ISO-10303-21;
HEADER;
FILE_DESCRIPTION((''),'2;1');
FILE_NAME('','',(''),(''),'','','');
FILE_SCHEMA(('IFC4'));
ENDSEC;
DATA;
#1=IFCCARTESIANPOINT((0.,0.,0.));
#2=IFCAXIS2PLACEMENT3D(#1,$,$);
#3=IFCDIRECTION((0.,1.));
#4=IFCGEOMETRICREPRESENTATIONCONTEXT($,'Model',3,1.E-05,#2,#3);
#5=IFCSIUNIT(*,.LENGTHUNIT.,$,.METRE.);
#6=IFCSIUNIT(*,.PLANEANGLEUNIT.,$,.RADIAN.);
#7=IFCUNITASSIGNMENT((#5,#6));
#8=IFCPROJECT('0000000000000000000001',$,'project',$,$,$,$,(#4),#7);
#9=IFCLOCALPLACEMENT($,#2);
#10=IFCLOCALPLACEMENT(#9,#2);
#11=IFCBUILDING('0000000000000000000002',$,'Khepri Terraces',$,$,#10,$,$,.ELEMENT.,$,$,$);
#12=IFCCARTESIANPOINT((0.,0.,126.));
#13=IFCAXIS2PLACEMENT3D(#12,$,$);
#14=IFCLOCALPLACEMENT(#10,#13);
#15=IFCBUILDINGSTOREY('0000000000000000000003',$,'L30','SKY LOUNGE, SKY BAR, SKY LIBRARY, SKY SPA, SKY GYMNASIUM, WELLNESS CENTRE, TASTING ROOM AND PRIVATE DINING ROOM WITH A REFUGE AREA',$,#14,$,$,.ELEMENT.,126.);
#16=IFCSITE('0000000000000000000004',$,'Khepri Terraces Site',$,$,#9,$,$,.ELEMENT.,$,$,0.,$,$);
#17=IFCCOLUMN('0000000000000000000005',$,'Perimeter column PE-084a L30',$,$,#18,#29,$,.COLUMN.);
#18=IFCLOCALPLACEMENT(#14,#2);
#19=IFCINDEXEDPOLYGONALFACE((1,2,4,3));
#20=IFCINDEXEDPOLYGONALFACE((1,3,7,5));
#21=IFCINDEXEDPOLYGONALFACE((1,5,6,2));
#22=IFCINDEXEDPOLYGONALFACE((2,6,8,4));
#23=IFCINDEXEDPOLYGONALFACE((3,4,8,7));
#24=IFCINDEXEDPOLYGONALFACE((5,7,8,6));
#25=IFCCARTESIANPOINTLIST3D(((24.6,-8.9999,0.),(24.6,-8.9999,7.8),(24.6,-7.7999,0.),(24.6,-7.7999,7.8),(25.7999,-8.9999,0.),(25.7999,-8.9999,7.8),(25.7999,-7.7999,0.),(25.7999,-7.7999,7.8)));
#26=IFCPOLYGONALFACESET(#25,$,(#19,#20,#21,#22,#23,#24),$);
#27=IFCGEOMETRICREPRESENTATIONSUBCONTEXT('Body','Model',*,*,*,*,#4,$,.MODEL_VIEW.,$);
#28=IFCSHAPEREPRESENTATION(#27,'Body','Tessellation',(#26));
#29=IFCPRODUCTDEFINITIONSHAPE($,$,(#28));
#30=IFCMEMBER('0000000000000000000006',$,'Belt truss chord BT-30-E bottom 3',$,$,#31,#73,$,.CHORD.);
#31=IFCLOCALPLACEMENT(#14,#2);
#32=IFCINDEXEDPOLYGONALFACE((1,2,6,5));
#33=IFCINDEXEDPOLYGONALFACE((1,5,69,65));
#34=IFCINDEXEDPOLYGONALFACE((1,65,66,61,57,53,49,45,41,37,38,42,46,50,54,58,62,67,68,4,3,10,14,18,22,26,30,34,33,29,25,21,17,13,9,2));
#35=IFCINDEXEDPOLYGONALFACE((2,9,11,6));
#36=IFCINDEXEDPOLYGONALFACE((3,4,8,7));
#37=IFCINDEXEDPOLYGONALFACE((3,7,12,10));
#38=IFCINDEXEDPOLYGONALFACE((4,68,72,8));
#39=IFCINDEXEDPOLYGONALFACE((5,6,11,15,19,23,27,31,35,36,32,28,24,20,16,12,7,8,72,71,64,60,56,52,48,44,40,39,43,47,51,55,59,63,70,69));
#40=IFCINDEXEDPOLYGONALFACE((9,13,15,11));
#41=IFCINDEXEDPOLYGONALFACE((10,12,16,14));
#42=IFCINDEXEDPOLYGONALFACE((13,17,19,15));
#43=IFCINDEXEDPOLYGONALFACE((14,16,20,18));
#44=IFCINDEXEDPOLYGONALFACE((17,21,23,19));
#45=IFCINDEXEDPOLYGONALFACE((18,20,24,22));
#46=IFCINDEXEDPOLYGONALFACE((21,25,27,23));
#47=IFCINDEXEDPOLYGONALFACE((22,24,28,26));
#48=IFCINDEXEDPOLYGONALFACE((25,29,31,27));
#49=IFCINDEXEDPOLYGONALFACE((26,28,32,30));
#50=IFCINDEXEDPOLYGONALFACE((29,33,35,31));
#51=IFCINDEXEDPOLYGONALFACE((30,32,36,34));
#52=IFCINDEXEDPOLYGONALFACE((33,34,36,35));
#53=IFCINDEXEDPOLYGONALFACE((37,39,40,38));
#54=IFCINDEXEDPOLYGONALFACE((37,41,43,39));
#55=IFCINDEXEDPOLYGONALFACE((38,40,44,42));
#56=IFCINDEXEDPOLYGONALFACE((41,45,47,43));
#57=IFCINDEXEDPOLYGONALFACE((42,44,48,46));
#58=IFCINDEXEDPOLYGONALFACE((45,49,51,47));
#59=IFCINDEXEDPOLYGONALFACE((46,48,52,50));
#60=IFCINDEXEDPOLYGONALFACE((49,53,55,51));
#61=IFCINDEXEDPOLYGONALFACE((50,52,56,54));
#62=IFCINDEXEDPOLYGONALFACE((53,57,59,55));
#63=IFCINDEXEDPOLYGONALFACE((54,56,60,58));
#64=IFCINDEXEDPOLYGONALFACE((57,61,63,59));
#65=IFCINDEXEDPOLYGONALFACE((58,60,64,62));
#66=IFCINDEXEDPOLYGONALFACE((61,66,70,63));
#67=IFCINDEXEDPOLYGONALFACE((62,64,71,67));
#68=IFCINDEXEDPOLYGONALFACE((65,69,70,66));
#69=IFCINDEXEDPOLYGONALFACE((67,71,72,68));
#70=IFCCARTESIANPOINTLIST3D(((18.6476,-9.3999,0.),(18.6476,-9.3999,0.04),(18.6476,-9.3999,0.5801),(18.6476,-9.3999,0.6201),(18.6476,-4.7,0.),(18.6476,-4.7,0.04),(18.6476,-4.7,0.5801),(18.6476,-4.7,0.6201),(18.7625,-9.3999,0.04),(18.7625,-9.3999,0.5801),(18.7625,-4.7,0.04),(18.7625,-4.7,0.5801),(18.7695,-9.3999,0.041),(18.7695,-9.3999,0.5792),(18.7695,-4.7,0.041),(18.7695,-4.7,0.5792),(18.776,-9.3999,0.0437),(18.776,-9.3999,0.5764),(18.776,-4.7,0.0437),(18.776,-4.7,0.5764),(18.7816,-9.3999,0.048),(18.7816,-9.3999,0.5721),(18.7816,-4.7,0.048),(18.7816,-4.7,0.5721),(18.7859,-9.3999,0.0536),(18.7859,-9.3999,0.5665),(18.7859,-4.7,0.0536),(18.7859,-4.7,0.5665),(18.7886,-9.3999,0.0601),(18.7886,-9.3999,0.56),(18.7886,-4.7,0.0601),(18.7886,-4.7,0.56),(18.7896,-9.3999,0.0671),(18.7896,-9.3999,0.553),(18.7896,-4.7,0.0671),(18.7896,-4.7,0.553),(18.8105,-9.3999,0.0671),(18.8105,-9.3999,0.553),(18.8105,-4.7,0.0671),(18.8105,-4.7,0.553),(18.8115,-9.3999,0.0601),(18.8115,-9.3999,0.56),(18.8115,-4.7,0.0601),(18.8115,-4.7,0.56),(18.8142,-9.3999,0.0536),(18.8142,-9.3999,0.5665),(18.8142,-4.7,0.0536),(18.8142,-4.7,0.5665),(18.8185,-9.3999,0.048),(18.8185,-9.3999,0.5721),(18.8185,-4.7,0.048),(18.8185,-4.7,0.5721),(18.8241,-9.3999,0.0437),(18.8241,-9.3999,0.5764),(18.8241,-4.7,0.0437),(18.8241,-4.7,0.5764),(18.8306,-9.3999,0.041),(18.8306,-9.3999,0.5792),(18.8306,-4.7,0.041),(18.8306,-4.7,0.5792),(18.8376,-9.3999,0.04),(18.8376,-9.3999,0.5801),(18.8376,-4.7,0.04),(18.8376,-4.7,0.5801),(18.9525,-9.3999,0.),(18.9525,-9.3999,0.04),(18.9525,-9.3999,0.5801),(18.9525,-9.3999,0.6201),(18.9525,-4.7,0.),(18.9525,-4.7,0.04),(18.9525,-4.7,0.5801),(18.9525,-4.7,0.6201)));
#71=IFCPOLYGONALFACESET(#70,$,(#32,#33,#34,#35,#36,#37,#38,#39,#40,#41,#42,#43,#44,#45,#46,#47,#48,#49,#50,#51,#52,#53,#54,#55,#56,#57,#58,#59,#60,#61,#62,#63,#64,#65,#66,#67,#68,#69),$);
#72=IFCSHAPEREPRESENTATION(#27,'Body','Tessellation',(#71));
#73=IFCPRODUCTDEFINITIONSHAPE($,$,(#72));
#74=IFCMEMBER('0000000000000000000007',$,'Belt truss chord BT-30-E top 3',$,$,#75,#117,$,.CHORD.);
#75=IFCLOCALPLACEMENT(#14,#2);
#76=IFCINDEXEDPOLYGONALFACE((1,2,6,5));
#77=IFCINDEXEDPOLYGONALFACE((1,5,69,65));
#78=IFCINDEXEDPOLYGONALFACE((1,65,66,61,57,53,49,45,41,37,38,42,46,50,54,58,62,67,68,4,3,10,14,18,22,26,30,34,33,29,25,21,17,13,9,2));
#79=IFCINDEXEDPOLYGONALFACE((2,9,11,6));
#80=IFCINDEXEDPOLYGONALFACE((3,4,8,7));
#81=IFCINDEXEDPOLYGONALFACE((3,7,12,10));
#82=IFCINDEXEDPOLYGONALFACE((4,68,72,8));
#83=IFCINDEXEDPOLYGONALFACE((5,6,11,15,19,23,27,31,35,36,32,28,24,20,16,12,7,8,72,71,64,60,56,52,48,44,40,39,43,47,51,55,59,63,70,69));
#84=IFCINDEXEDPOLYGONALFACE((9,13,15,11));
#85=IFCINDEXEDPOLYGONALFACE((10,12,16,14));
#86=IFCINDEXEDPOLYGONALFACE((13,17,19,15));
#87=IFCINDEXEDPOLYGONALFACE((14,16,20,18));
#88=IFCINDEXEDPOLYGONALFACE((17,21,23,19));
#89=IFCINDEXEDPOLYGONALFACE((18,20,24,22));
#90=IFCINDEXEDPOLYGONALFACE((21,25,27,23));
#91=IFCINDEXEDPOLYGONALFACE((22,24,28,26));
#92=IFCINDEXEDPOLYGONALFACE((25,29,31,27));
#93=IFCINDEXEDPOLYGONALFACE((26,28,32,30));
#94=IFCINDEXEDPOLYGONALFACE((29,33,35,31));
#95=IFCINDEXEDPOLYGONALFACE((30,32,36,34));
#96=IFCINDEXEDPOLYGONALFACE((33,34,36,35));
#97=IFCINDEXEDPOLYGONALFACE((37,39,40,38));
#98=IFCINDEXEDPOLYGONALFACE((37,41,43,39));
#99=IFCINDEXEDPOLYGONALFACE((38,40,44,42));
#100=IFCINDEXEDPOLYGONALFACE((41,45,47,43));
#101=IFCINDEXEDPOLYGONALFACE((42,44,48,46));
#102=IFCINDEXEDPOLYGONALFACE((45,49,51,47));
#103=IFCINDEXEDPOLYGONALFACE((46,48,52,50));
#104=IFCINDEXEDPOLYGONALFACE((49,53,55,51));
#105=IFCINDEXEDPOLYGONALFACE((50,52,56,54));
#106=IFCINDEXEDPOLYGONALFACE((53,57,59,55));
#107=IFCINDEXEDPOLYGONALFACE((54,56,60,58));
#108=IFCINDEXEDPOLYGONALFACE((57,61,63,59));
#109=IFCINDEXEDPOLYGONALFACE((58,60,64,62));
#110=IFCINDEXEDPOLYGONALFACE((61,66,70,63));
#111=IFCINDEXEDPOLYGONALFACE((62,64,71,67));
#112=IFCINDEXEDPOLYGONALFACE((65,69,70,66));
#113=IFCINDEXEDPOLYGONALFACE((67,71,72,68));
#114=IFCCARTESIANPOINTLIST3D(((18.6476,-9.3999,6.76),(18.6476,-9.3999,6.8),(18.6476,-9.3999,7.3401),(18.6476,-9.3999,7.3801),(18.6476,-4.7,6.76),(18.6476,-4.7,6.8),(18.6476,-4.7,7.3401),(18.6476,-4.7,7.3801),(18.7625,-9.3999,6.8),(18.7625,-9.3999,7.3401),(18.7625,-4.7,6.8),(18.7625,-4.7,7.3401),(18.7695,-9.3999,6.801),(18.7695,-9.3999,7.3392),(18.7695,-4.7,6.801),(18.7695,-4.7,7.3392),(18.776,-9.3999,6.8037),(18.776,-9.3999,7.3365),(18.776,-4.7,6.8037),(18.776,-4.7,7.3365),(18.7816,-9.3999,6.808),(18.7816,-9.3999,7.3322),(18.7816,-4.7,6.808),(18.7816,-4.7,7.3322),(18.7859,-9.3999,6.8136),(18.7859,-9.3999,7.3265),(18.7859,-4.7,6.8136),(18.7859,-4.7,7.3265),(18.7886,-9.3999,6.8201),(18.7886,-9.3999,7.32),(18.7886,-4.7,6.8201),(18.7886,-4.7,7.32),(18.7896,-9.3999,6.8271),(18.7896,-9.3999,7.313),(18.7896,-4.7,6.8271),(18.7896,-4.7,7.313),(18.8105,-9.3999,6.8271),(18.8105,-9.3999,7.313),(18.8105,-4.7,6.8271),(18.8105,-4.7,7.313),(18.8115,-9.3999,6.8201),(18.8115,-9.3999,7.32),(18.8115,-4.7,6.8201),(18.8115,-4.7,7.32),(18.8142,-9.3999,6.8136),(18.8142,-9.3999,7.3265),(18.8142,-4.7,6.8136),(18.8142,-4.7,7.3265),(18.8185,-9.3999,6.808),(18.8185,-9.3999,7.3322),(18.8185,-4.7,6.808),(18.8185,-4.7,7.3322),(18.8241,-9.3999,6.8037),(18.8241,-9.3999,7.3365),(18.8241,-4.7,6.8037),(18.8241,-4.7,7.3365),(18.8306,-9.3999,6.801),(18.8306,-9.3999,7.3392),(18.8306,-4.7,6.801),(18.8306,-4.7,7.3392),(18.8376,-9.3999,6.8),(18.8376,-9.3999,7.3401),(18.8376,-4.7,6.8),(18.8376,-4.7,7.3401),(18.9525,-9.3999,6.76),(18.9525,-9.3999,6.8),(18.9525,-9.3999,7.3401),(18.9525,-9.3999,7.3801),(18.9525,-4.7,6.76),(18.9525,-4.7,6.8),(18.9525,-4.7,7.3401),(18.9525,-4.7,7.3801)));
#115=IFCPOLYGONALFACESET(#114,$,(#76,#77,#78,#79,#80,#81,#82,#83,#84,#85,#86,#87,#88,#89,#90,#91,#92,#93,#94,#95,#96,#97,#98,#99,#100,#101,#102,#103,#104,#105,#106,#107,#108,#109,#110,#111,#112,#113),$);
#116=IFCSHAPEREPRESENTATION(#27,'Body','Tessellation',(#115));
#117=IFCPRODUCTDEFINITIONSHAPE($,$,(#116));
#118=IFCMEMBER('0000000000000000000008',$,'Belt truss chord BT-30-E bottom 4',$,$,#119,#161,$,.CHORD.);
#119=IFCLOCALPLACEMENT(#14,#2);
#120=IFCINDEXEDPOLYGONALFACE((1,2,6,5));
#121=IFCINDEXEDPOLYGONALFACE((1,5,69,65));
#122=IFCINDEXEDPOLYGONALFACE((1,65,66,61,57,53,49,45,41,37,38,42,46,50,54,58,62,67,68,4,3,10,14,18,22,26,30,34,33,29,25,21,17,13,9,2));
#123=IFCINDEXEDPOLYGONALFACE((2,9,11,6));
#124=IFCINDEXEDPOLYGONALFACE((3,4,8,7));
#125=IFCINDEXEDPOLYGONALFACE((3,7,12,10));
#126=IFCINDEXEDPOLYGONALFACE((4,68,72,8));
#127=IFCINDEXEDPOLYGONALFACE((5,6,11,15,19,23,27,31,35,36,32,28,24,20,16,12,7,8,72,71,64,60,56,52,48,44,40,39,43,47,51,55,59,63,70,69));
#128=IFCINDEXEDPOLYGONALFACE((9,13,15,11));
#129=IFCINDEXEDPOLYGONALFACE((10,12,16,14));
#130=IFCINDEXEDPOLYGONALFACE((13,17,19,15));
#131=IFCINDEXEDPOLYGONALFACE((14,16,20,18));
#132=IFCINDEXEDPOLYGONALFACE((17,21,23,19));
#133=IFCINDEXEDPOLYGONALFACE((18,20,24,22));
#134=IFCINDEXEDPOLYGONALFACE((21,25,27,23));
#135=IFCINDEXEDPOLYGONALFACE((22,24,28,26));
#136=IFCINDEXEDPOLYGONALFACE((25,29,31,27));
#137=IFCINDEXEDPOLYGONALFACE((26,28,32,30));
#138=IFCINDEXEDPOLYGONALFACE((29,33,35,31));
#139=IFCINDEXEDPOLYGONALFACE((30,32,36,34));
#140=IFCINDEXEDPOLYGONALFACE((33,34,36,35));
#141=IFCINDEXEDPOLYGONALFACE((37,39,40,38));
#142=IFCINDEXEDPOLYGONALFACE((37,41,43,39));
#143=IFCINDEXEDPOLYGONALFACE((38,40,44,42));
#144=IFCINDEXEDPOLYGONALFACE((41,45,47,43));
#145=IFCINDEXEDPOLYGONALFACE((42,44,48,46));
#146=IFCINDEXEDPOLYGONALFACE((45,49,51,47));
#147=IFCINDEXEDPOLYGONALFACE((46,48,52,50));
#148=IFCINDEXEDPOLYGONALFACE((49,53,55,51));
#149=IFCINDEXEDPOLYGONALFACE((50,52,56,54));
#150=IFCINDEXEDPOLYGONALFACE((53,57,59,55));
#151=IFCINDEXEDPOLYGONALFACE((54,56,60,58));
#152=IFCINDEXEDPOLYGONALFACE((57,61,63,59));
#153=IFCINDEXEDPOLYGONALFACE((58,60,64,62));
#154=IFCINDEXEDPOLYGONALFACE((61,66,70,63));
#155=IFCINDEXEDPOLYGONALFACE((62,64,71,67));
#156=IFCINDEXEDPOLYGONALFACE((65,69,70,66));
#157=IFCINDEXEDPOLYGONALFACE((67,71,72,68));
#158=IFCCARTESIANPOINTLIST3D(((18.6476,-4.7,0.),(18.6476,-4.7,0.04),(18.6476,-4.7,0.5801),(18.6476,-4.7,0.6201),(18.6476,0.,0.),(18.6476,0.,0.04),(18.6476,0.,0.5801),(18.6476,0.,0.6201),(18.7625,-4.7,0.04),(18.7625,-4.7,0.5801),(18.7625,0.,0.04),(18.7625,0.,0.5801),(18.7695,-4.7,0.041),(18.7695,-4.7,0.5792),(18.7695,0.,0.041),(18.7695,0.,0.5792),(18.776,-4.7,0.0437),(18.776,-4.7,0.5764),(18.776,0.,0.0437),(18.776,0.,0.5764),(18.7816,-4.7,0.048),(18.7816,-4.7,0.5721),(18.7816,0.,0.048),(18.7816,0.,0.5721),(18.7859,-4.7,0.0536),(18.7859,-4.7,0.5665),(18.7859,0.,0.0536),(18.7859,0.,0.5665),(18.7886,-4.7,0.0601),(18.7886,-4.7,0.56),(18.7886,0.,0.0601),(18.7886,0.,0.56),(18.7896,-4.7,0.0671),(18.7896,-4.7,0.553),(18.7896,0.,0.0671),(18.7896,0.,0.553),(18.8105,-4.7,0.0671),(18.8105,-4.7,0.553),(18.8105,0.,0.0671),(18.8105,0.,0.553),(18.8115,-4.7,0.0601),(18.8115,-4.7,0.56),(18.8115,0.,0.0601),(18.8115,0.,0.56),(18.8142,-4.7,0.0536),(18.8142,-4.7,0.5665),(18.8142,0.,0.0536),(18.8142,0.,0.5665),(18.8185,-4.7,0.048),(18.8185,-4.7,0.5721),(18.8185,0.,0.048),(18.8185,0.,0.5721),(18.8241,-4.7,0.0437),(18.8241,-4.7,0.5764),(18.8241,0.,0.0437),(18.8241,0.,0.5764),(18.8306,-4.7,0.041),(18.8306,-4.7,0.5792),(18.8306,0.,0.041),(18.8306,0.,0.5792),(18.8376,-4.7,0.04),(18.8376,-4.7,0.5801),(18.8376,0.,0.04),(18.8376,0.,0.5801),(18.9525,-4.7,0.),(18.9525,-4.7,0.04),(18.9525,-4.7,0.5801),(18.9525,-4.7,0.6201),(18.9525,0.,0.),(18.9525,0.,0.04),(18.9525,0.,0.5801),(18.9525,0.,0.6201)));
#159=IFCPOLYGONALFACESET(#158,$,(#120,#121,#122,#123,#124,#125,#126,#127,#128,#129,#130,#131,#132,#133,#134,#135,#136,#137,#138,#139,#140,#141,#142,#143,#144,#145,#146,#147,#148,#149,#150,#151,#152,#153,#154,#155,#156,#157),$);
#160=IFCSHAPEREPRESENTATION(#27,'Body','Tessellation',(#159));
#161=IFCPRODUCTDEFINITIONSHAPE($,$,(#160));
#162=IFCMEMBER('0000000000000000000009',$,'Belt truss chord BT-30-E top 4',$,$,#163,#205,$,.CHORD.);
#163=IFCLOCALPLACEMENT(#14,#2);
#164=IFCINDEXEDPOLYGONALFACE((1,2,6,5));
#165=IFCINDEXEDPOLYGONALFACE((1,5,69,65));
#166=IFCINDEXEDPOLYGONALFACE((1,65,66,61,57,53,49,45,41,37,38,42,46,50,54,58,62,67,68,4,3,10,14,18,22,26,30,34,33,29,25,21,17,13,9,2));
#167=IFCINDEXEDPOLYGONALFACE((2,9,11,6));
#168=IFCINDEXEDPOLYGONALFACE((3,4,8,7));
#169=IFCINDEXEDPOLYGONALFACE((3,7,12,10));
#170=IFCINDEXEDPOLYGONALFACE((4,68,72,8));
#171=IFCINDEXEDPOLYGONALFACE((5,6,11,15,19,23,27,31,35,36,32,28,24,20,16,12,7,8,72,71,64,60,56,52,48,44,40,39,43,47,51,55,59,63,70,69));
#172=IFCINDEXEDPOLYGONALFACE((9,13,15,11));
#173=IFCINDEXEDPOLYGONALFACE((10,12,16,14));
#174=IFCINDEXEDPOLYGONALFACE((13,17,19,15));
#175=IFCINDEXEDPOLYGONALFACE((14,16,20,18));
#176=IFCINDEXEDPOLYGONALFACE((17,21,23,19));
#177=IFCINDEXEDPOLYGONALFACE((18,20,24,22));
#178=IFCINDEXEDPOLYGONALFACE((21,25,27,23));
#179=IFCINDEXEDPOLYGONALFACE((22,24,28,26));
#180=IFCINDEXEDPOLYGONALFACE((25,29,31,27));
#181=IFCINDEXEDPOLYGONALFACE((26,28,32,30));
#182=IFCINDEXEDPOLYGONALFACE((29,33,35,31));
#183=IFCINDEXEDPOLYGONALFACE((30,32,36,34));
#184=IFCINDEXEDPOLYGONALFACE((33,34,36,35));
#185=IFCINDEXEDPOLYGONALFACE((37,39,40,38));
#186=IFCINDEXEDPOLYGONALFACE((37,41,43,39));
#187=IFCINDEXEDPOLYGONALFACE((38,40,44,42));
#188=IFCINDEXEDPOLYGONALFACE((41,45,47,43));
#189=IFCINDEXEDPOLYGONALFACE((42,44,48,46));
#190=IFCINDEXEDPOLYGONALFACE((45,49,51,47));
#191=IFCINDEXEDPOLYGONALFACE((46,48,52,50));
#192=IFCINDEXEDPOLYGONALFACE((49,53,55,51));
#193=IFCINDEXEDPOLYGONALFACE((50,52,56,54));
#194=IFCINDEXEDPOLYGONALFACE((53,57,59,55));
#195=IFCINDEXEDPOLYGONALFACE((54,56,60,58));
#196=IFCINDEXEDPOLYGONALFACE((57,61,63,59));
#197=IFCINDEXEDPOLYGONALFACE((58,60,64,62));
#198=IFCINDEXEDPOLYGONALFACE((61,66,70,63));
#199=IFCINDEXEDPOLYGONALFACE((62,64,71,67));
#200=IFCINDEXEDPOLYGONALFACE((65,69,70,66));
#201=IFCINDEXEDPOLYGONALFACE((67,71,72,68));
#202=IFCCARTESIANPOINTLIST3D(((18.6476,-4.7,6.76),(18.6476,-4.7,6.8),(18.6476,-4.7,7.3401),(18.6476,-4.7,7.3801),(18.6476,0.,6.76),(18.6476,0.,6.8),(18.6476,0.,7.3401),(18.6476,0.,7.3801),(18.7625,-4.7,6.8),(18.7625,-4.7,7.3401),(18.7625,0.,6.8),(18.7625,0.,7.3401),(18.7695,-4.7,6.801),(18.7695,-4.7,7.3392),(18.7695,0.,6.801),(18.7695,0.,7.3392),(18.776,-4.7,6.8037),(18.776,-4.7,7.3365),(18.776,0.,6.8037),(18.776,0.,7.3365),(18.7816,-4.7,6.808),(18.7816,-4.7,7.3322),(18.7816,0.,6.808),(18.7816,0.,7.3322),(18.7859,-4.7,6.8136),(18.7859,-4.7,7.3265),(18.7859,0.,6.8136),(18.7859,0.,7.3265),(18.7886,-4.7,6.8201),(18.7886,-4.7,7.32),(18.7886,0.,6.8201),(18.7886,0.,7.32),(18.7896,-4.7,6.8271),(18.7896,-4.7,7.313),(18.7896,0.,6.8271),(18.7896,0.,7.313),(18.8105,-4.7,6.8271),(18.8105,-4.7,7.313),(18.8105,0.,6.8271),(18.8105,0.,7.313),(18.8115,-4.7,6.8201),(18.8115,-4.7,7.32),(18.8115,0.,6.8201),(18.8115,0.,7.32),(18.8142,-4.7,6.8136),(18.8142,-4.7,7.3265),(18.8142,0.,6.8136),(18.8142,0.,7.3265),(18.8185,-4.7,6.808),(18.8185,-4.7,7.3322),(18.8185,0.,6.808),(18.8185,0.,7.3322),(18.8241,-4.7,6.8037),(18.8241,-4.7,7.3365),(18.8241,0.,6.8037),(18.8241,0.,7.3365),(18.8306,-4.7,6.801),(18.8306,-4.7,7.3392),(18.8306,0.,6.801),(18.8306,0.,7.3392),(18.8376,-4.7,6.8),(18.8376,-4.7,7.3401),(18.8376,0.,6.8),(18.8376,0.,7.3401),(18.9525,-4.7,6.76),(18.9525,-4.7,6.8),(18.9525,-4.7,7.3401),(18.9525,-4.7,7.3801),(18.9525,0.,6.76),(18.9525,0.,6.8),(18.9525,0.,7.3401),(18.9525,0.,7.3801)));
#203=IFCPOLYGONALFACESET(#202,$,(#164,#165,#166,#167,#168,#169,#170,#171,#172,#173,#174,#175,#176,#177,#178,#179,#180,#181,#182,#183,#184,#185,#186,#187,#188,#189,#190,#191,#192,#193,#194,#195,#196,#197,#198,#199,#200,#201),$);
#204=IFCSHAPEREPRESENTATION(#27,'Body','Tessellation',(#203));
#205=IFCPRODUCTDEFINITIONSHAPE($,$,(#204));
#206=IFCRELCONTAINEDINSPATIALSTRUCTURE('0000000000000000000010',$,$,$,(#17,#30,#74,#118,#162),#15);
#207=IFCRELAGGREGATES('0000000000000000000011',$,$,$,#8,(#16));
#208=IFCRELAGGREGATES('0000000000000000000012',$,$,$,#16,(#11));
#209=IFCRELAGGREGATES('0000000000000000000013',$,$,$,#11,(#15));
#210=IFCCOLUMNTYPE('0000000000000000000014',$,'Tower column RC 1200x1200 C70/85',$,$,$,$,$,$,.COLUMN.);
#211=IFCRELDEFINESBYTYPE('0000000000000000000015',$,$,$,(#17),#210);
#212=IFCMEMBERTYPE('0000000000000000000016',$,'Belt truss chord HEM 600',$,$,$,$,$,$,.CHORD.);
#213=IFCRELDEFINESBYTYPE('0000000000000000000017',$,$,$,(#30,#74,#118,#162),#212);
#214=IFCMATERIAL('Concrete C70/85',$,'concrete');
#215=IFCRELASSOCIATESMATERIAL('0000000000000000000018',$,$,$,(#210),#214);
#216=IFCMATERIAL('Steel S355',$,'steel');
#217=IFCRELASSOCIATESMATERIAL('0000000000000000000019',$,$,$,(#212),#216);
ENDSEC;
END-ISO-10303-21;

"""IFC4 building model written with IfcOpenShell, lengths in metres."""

from ifc_helpers import new_model, si_unit, direction, frame, origin, origin_2d, place, context, subcontext, project, spatial, rectangle, i_section, extrude, material, material_profile, profile_set, type_object, element, save


model = new_model("IFC4")

# Units and contexts
model_context = context("Model", 3, precision=1e-05, world=origin(), true_north=direction((0.0, 1.0)))
body_context = subcontext(model_context, "Body", "Model", "MODEL_VIEW")
ifc_project = project(units=[si_unit("LENGTHUNIT", "METRE"), si_unit("PLANEANGLEUNIT", "RADIAN")], contexts=[model_context])

# Site, building, storey
site_placement = place(None, origin())
site = spatial("IfcSite", under=ifc_project, at=site_placement, Name="Khepri Terraces Site", CompositionType="ELEMENT", RefElevation=0.0)
building_placement = place(site_placement, origin())
building = spatial("IfcBuilding", under=site, at=building_placement, Name="Khepri Terraces", CompositionType="ELEMENT")
storey_placement = place(building_placement, frame((0.0, 0.0, 126.0)))
storey = spatial("IfcBuildingStorey", under=building, at=storey_placement, Name="L30", Description="SKY LOUNGE, SKY BAR, SKY LIBRARY, SKY SPA, SKY GYMNASIUM, WELLNESS CENTRE, TASTING ROOM AND PRIVATE DINING ROOM WITH A REFUGE AREA", CompositionType="ELEMENT", Elevation=126.0)

# Column
ifc_material_1 = material(Name="Concrete C70/85", Category="concrete")
ifc_material_profile_1 = material_profile(ifc_material_1, rectangle(XDim=1.2, YDim=1.2, at=origin_2d()), Name="Concrete C70/85", Category="concrete")
ifc_profile_set_1 = profile_set([ifc_material_profile_1], Name="Concrete C70/85")
column_type = type_object("IfcColumnType", Name="Tower column RC 1200x1200 C70/85", PredefinedType="COLUMN", material=ifc_profile_set_1)
column_placement = place(storey_placement, frame((25.2, -8.3999, 0.0), z_axis=(0.0, 0.0, 1.0), x_axis=(1.0, 0.0, 0.0)))
element("IfcColumn", 1, at=column_placement, inside=storey, type_object=column_type, Name="Perimeter column PE-084a L30", PredefinedType="COLUMN", context=body_context, shape_type="SweptSolid", body=[
    extrude(rectangle(XDim=1.2, YDim=1.2, at=origin_2d()), origin(), (0.0, 0.0, 1.0), 7.8),
])

# Members
ifc_material_2 = material(Name="Steel S355", Category="steel")
ifc_material_profile_2 = material_profile(ifc_material_2, i_section(OverallWidth=0.3049, OverallDepth=0.6201, WebThickness=0.021, FlangeThickness=0.04, FilletRadius=0.0271, at=origin_2d()), Name="Steel S355", Category="steel")
ifc_profile_set_2 = profile_set([ifc_material_profile_2], Name="Steel S355")
member_type_1 = type_object("IfcMemberType", Name="Belt truss chord HEM 600", PredefinedType="CHORD", material=ifc_profile_set_2)
for number, where, z_axis, x_axis, name in (
    (2, (18.8, -9.3999, 0.3101), (0.0, 1.0, 0.0), (-1.0, 0.0, 0.0), "Belt truss chord BT-30-E bottom 3"),
    (3, (18.8, -9.3999, 7.0701), (0.0, 1.0, 0.0), (-1.0, 0.0, 0.0), "Belt truss chord BT-30-E top 3"),
    (4, (18.8, -4.7, 0.3101), (0.0, 1.0, 0.0), (-1.0, 0.0, 0.0), "Belt truss chord BT-30-E bottom 4"),
    (5, (18.8, -4.7, 7.0701), (0.0, 1.0, 0.0), (-1.0, 0.0, 0.0), "Belt truss chord BT-30-E top 4"),
):
    element("IfcMember", number, at=place(storey_placement, frame(where, z_axis=z_axis, x_axis=x_axis)), inside=storey, type_object=member_type_1, Name=name, PredefinedType="CHORD", context=body_context, shape_type="SweptSolid", body=[
        extrude(i_section(OverallWidth=0.3049, OverallDepth=0.6201, WebThickness=0.021, FlangeThickness=0.04, FilletRadius=0.0271, at=origin_2d()), origin(), (0.0, 0.0, 1.0), 4.7),
    ])

save(model, "model.ifc")
